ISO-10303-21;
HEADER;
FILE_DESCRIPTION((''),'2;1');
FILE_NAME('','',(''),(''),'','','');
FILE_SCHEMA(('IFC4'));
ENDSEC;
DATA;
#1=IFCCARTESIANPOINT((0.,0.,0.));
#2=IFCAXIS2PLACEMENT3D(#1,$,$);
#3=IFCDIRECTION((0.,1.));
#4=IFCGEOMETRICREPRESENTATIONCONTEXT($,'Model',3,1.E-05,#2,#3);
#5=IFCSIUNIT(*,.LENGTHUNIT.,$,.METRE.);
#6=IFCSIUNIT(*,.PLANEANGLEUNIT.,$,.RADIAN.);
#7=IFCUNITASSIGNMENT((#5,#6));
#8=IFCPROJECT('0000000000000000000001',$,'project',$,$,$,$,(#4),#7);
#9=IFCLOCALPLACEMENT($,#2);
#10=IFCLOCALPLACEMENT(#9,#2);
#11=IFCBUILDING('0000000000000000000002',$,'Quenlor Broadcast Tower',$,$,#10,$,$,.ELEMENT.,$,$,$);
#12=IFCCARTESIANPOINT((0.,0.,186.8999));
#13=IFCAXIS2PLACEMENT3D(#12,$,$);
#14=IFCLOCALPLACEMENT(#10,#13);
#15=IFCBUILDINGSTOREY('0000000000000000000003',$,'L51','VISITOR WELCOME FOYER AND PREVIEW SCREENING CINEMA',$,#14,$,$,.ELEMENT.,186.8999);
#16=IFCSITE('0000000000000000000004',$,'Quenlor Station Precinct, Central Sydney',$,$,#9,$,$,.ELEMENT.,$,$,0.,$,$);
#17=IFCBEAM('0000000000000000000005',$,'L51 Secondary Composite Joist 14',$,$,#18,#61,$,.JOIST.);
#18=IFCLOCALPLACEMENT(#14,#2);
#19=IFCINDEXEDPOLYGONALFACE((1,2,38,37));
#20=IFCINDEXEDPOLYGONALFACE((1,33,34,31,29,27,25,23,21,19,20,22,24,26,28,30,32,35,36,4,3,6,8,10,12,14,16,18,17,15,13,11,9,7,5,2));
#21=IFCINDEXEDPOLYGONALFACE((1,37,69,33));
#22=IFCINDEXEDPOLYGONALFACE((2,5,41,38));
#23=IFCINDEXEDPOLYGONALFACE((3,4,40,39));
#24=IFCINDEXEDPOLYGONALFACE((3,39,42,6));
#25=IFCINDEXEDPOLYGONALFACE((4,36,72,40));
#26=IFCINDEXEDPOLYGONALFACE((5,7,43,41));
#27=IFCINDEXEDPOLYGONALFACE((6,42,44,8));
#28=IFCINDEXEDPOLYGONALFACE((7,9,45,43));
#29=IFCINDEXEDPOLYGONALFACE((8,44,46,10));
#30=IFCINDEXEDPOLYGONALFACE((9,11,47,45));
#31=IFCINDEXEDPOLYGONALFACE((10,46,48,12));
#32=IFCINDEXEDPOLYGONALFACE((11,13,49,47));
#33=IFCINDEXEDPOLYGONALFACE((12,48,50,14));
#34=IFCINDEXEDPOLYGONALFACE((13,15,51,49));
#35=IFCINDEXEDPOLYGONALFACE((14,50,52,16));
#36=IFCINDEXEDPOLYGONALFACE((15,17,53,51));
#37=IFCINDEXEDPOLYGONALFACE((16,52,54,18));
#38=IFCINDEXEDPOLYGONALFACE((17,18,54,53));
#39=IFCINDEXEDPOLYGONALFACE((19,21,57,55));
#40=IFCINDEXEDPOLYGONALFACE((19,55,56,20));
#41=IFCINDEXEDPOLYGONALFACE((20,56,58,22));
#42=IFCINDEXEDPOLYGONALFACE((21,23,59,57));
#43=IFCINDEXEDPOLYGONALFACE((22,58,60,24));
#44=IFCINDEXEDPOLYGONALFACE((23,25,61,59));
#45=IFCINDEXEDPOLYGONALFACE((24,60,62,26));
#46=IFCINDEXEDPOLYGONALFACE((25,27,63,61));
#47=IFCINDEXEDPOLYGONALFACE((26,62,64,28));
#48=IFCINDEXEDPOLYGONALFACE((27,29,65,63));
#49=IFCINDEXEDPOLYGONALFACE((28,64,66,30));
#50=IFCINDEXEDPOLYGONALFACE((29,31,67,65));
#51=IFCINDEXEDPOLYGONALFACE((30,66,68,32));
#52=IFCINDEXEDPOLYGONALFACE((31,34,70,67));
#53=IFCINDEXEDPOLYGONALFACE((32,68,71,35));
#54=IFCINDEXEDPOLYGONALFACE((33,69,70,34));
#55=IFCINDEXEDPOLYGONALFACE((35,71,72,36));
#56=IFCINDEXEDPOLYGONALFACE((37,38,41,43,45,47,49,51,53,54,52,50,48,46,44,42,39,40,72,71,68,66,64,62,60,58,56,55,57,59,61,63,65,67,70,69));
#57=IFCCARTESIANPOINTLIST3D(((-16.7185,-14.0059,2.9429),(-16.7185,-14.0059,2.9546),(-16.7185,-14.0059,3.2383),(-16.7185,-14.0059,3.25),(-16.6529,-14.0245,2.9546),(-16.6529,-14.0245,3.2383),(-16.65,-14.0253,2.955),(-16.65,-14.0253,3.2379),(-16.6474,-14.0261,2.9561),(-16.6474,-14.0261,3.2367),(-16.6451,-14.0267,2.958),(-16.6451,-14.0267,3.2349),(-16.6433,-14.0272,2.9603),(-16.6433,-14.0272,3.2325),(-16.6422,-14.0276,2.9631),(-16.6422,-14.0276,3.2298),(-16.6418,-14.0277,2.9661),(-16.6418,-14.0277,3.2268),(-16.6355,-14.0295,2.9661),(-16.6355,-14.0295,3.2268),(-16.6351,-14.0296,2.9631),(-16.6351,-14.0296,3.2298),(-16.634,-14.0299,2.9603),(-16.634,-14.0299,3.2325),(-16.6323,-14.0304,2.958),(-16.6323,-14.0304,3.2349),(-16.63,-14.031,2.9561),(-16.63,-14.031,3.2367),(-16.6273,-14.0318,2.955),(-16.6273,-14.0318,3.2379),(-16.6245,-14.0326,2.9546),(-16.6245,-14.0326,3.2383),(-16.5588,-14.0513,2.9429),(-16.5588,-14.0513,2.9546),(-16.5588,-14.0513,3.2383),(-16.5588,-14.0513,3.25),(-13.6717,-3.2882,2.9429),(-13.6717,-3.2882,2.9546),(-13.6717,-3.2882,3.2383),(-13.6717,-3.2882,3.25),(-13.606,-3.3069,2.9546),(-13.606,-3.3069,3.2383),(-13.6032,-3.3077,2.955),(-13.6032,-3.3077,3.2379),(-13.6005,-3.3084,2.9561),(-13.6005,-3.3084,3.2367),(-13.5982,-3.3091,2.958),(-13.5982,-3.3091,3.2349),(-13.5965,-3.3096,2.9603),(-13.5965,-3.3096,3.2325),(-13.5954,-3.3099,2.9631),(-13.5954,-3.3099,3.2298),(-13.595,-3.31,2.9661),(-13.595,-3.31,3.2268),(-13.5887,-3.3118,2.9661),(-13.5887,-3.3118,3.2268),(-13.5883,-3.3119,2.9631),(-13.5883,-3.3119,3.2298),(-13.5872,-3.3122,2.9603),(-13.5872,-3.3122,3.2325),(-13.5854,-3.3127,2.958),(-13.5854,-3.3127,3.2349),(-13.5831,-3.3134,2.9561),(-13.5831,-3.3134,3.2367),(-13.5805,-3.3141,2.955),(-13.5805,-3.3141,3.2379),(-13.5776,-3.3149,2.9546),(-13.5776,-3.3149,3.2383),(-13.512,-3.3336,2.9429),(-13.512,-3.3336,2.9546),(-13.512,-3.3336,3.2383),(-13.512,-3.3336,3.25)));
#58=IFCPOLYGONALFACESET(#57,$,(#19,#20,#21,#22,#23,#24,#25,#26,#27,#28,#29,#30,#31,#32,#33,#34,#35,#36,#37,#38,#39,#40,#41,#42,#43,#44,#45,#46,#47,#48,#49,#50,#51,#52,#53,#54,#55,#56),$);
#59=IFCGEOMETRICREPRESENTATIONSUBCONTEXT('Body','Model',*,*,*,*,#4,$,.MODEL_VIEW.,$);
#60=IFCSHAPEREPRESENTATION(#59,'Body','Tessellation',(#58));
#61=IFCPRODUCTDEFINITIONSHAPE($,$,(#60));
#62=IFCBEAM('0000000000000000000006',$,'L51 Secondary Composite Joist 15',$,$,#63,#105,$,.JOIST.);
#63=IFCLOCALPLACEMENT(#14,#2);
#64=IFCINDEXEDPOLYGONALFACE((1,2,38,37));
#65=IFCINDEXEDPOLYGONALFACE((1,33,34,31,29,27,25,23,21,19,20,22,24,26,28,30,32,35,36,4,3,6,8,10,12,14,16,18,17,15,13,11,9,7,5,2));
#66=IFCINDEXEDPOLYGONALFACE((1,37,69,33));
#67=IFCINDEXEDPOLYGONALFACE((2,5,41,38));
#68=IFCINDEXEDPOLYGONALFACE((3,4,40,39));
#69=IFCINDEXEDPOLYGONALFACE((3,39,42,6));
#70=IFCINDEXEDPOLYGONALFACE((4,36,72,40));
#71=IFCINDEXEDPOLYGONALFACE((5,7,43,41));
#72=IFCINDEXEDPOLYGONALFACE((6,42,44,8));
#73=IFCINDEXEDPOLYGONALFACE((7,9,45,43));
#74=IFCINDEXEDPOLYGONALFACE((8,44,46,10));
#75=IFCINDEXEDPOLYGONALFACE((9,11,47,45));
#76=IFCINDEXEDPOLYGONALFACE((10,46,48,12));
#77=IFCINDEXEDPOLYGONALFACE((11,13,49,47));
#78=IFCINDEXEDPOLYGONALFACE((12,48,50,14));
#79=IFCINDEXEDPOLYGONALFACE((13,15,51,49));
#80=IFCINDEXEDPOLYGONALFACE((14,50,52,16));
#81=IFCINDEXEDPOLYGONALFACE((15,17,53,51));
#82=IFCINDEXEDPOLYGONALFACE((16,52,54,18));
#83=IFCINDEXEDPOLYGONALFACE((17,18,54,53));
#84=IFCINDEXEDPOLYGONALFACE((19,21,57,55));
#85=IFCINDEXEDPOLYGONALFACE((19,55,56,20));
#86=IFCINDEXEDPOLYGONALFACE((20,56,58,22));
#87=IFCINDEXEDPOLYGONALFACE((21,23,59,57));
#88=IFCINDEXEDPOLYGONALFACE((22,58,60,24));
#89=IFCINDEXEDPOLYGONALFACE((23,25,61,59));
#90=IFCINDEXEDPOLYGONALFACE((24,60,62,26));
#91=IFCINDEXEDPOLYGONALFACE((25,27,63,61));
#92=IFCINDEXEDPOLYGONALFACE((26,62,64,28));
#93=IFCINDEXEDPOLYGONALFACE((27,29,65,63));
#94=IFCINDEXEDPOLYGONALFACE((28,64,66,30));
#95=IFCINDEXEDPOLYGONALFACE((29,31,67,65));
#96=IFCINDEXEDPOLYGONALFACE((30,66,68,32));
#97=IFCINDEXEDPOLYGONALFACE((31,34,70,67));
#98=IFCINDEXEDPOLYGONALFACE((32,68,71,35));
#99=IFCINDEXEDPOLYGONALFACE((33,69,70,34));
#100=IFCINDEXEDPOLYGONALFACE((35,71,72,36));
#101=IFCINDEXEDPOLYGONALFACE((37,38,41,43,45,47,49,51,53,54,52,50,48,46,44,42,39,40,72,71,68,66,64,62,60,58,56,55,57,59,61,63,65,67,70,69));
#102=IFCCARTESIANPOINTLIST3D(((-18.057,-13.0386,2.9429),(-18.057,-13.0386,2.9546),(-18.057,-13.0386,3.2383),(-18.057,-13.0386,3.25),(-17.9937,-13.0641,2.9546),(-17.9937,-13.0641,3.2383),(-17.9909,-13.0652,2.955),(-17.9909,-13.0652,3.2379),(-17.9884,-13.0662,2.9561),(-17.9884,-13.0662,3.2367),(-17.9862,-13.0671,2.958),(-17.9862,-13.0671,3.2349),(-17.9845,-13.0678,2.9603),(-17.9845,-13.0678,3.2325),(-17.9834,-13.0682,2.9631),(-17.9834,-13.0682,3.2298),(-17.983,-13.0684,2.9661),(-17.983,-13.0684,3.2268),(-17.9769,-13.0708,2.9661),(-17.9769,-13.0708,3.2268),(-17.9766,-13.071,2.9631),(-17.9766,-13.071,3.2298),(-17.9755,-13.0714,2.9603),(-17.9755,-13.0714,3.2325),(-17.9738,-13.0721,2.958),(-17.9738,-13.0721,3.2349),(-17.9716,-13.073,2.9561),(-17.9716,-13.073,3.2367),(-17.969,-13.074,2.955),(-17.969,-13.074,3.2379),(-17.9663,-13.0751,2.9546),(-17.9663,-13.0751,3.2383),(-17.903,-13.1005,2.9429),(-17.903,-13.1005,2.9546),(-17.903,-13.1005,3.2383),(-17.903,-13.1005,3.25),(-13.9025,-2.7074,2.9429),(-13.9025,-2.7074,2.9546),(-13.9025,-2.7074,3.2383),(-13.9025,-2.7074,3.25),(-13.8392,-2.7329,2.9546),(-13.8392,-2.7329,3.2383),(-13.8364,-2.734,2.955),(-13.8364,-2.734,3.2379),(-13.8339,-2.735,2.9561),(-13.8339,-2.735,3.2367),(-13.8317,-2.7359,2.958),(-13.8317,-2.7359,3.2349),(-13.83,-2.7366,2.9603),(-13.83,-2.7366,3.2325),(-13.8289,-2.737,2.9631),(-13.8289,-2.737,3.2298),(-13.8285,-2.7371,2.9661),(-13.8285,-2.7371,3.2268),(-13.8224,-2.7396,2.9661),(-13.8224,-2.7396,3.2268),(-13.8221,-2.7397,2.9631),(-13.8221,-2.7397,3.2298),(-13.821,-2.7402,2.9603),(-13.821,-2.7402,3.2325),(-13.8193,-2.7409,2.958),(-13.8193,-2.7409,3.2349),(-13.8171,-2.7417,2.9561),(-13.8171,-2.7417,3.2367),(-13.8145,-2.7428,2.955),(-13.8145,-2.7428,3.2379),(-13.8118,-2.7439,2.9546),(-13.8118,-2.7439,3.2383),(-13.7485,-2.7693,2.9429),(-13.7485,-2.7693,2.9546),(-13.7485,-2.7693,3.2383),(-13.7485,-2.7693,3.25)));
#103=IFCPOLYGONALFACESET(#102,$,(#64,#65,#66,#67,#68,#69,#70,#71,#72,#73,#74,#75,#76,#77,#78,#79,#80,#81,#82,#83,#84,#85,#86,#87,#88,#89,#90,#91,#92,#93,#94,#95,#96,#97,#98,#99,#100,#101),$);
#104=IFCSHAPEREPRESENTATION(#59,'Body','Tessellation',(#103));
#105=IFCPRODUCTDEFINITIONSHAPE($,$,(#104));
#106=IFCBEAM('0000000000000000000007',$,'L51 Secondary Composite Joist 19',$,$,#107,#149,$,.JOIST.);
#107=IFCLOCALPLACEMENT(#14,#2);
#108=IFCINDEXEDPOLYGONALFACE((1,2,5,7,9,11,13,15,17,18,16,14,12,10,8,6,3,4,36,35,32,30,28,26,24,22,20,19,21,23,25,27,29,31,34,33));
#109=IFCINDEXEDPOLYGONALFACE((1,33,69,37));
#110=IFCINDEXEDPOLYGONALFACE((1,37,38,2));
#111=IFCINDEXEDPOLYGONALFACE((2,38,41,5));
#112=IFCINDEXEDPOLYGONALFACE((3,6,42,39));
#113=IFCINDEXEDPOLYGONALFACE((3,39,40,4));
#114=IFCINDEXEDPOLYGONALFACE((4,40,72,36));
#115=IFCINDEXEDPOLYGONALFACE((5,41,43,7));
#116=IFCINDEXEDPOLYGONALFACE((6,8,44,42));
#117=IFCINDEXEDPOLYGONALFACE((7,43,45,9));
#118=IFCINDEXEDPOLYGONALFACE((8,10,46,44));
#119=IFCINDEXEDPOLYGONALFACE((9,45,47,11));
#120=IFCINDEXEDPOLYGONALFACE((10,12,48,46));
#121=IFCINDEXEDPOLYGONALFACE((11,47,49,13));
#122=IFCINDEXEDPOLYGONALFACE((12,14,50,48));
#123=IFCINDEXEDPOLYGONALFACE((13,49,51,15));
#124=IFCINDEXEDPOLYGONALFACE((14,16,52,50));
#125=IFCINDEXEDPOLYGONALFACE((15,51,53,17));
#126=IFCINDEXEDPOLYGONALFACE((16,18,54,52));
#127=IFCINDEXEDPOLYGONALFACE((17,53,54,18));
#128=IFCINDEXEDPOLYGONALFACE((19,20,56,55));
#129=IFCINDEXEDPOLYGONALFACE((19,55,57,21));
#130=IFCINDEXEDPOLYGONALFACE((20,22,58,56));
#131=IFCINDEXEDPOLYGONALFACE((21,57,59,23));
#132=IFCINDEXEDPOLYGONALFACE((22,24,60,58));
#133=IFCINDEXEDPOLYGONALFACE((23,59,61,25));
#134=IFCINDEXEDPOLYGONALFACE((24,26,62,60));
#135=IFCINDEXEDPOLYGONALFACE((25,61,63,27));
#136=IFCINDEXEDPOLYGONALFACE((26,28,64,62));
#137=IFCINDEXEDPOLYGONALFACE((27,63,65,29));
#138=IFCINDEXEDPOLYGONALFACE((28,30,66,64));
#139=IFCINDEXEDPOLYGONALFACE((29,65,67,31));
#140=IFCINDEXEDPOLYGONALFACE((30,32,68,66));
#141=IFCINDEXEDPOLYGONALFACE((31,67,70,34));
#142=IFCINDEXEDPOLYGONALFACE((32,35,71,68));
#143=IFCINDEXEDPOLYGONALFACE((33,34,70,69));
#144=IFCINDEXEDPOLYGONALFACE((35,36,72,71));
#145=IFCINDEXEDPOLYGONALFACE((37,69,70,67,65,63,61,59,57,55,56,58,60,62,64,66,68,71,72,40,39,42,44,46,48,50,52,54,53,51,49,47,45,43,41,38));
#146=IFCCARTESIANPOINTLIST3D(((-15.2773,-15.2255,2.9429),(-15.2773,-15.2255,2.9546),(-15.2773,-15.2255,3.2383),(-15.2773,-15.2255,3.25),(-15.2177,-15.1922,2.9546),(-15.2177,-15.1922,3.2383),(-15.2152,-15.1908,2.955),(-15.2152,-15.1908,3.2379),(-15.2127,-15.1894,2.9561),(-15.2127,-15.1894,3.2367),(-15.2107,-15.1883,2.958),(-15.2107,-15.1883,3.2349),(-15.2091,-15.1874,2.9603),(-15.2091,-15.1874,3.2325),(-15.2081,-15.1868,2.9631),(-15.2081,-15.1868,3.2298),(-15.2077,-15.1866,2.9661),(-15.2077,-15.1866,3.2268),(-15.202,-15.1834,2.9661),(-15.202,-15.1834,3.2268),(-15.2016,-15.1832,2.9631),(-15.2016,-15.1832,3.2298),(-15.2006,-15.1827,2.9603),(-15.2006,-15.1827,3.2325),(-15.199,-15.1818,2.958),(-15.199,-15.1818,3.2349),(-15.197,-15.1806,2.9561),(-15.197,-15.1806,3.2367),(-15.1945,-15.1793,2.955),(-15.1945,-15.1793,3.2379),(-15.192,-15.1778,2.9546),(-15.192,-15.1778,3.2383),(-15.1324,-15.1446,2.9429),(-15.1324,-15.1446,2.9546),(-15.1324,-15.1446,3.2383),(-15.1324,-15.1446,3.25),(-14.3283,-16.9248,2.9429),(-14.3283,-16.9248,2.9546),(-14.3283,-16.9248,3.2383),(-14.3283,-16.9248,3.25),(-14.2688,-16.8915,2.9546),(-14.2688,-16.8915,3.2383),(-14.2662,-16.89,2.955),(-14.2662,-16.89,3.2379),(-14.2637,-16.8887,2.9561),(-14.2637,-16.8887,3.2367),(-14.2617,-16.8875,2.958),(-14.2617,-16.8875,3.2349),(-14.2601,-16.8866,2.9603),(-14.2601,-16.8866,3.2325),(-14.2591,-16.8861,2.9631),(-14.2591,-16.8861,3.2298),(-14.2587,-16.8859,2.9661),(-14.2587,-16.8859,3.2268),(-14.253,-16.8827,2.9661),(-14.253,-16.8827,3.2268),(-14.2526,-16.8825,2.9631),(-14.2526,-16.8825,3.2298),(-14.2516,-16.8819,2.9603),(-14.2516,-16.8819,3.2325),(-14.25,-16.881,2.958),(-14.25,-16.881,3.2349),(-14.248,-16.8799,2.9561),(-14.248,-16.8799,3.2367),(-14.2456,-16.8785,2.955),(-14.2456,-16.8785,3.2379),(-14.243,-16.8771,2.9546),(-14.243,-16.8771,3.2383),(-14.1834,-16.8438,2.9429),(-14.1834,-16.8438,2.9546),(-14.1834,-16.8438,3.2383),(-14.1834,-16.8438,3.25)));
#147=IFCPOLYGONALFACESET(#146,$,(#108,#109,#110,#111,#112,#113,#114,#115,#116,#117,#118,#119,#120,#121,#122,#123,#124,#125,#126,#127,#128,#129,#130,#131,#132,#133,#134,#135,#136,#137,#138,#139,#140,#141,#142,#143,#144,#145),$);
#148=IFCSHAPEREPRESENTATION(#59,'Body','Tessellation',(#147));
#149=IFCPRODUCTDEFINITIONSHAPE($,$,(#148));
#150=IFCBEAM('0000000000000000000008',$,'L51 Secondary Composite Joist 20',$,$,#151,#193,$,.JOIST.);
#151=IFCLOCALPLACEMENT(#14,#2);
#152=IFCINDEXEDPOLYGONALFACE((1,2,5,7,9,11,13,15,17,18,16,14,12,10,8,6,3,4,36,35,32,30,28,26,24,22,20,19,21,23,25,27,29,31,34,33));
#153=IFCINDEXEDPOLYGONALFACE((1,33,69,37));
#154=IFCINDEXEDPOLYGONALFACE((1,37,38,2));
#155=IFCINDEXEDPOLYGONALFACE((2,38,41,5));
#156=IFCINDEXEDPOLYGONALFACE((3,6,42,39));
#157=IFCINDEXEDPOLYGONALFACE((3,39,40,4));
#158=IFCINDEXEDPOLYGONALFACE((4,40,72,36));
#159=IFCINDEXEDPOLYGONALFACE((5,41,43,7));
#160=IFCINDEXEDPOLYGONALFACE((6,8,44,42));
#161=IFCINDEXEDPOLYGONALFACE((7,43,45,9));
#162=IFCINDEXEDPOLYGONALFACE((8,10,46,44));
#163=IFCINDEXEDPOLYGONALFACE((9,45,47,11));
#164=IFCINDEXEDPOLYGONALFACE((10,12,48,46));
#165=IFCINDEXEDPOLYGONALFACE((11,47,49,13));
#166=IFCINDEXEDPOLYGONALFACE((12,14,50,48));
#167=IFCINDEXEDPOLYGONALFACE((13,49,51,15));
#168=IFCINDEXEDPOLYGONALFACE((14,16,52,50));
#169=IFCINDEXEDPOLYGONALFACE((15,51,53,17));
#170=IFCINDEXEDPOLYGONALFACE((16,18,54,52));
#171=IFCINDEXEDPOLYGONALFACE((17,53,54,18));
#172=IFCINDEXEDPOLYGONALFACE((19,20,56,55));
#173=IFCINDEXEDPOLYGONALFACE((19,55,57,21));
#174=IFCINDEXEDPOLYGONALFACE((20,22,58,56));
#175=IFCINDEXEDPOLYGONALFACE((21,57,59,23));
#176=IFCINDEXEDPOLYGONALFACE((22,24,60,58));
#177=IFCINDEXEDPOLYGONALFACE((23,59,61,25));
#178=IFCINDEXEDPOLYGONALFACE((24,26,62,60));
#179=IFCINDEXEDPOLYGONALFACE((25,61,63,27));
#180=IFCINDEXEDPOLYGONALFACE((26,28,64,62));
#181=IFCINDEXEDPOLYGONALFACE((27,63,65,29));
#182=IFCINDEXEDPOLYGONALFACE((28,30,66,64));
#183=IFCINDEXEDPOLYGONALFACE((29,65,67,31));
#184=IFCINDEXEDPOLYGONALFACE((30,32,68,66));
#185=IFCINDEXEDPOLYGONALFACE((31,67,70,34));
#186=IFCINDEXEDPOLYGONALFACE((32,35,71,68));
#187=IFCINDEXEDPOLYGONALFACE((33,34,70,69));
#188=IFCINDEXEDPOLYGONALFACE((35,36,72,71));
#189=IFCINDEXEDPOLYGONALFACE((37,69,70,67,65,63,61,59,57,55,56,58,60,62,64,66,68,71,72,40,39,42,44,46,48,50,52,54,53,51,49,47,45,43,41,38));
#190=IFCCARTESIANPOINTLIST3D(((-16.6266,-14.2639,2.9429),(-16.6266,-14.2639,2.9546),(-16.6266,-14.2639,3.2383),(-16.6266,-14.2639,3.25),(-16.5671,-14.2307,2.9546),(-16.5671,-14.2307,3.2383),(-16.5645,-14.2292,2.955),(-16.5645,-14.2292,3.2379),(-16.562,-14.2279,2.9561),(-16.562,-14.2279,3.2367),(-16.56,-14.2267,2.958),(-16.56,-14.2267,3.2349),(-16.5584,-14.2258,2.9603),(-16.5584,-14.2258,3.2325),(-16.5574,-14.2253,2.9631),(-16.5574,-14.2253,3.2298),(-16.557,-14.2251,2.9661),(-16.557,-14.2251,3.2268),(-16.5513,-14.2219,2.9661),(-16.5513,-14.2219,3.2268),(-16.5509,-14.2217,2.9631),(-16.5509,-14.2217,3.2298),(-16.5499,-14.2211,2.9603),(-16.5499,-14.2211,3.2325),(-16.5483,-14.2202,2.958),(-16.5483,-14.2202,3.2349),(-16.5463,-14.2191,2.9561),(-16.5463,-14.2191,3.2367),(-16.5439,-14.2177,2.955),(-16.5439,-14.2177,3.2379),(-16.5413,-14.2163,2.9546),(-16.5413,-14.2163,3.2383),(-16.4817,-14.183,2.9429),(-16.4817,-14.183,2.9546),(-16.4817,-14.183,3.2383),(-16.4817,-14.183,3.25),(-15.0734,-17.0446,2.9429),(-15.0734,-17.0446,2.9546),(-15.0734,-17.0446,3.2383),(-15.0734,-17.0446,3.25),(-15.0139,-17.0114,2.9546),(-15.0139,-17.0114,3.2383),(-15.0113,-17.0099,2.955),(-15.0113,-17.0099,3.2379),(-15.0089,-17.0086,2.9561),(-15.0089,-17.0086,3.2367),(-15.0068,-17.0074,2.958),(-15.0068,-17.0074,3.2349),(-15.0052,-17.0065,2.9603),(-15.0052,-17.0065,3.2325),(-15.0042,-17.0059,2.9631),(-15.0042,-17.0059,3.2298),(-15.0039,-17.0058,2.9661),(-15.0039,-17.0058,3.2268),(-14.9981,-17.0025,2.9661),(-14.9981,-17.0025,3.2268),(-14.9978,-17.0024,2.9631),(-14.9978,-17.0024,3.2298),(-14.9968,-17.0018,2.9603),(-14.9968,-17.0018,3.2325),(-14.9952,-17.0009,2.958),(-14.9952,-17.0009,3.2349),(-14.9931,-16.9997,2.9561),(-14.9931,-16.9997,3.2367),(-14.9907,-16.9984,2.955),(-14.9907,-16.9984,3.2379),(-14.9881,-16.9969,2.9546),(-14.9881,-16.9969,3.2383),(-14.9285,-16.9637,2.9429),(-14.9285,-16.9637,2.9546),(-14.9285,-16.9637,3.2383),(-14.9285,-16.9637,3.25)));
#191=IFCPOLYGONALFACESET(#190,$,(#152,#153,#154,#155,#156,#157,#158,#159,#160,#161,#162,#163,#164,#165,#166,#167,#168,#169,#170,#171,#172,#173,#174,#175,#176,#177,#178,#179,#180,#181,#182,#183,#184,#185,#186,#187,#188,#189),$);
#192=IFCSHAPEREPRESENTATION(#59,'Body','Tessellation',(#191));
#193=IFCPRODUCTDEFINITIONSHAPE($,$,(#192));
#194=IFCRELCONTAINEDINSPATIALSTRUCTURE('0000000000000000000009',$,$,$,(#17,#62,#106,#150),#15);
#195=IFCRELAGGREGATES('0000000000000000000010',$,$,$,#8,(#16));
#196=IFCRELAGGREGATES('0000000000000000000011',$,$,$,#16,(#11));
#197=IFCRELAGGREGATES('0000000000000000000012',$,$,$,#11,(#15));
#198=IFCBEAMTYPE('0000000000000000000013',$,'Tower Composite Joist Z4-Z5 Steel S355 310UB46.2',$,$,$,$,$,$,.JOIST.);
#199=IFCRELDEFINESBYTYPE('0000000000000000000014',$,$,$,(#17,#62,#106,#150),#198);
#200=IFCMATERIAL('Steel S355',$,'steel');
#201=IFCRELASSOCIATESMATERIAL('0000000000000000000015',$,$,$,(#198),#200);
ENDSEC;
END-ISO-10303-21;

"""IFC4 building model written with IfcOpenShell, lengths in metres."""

from ifc_helpers import new_model, si_unit, direction, frame, origin, origin_2d, place, context, subcontext, project, spatial, i_section, extrude, material, material_profile, profile_set, type_object, element, save


model = new_model("IFC4")

# Units and contexts
model_context = context("Model", 3, precision=1e-05, world=origin(), true_north=direction((0.0, 1.0)))
body_context = subcontext(model_context, "Body", "Model", "MODEL_VIEW")
ifc_project = project(units=[si_unit("LENGTHUNIT", "METRE"), si_unit("PLANEANGLEUNIT", "RADIAN")], contexts=[model_context])

# Site, building, storey
site_placement = place(None, origin())
site = spatial("IfcSite", under=ifc_project, at=site_placement, Name="Quenlor Station Precinct, Central Sydney", CompositionType="ELEMENT", RefElevation=0.0)
building_placement = place(site_placement, origin())
building = spatial("IfcBuilding", under=site, at=building_placement, Name="Quenlor Broadcast Tower", CompositionType="ELEMENT")
storey_placement = place(building_placement, frame((0.0, 0.0, 186.8999)))
storey = spatial("IfcBuildingStorey", under=building, at=storey_placement, Name="L51", Description="VISITOR WELCOME FOYER AND PREVIEW SCREENING CINEMA", CompositionType="ELEMENT", Elevation=186.8999)

# Beams
ifc_material_1 = material(Name="Steel S355", Category="steel")
ifc_material_profile_1 = material_profile(ifc_material_1, i_section(OverallWidth=0.166, OverallDepth=0.3071, WebThickness=0.0066, FlangeThickness=0.0117, FilletRadius=0.0115, at=origin_2d()))
ifc_profile_set_1 = profile_set([ifc_material_profile_1], Name="Steel S355 310UB46.2")
beam_type_1 = type_object("IfcBeamType", Name="Tower Composite Joist Z4-Z5 Steel S355 310UB46.2", PredefinedType="JOIST", material=ifc_profile_set_1)
beam_1_placement = place(storey_placement, frame((-16.6387, -14.0286, 3.0964), z_axis=(0.273448, 0.961887, 0.0), x_axis=(-0.961887, 0.273448, 0.0)))
element("IfcBeam", 1, at=beam_1_placement, inside=storey, type_object=beam_type_1, Name="L51 Secondary Composite Joist 14", PredefinedType="JOIST", context=body_context, shape_type="SweptSolid", body=[
    extrude(i_section(OverallWidth=0.166, OverallDepth=0.3071, WebThickness=0.0066, FlangeThickness=0.0117, FilletRadius=0.0115, at=origin_2d()), origin(), (0.0, 0.0, 1.0), 11.1423),
])
beam_2_placement = place(storey_placement, frame((-17.98, -13.0696, 3.0964), z_axis=(0.373095, 0.927793, 0.0), x_axis=(-0.927793, 0.373095, 0.0)))
element("IfcBeam", 2, at=beam_2_placement, inside=storey, type_object=beam_type_1, Name="L51 Secondary Composite Joist 15", PredefinedType="JOIST", context=body_context, shape_type="SweptSolid", body=[
    extrude(i_section(OverallWidth=0.166, OverallDepth=0.3071, WebThickness=0.0066, FlangeThickness=0.0117, FilletRadius=0.0115, at=origin_2d()), origin(), (0.0, 0.0, 1.0), 11.1353),
])
beam_3_placement = place(storey_placement, frame((-14.2559, -16.8843, 3.0964), z_axis=(-0.487591, 0.873072, 0.0), x_axis=(-0.873072, -0.487591, 0.0)))
element("IfcBeam", 3, at=beam_3_placement, inside=storey, type_object=beam_type_1, Name="L51 Secondary Composite Joist 19", PredefinedType="JOIST", context=body_context, shape_type="SweptSolid", body=[
    extrude(i_section(OverallWidth=0.166, OverallDepth=0.3071, WebThickness=0.0066, FlangeThickness=0.0117, FilletRadius=0.0115, at=origin_2d()), origin(), (0.0, 0.0, 1.0), 1.9463),
])
beam_4_placement = place(storey_placement, frame((-15.001, -17.0042, 3.0964), z_axis=(-0.487646, 0.873041, 0.0), x_axis=(-0.873041, -0.487646, 0.0)))
element("IfcBeam", 4, at=beam_4_placement, inside=storey, type_object=beam_type_1, Name="L51 Secondary Composite Joist 20", PredefinedType="JOIST", context=body_context, shape_type="SweptSolid", body=[
    extrude(i_section(OverallWidth=0.166, OverallDepth=0.3071, WebThickness=0.0066, FlangeThickness=0.0117, FilletRadius=0.0115, at=origin_2d()), origin(), (0.0, 0.0, 1.0), 3.1851),
])

save(model, "model.ifc")
